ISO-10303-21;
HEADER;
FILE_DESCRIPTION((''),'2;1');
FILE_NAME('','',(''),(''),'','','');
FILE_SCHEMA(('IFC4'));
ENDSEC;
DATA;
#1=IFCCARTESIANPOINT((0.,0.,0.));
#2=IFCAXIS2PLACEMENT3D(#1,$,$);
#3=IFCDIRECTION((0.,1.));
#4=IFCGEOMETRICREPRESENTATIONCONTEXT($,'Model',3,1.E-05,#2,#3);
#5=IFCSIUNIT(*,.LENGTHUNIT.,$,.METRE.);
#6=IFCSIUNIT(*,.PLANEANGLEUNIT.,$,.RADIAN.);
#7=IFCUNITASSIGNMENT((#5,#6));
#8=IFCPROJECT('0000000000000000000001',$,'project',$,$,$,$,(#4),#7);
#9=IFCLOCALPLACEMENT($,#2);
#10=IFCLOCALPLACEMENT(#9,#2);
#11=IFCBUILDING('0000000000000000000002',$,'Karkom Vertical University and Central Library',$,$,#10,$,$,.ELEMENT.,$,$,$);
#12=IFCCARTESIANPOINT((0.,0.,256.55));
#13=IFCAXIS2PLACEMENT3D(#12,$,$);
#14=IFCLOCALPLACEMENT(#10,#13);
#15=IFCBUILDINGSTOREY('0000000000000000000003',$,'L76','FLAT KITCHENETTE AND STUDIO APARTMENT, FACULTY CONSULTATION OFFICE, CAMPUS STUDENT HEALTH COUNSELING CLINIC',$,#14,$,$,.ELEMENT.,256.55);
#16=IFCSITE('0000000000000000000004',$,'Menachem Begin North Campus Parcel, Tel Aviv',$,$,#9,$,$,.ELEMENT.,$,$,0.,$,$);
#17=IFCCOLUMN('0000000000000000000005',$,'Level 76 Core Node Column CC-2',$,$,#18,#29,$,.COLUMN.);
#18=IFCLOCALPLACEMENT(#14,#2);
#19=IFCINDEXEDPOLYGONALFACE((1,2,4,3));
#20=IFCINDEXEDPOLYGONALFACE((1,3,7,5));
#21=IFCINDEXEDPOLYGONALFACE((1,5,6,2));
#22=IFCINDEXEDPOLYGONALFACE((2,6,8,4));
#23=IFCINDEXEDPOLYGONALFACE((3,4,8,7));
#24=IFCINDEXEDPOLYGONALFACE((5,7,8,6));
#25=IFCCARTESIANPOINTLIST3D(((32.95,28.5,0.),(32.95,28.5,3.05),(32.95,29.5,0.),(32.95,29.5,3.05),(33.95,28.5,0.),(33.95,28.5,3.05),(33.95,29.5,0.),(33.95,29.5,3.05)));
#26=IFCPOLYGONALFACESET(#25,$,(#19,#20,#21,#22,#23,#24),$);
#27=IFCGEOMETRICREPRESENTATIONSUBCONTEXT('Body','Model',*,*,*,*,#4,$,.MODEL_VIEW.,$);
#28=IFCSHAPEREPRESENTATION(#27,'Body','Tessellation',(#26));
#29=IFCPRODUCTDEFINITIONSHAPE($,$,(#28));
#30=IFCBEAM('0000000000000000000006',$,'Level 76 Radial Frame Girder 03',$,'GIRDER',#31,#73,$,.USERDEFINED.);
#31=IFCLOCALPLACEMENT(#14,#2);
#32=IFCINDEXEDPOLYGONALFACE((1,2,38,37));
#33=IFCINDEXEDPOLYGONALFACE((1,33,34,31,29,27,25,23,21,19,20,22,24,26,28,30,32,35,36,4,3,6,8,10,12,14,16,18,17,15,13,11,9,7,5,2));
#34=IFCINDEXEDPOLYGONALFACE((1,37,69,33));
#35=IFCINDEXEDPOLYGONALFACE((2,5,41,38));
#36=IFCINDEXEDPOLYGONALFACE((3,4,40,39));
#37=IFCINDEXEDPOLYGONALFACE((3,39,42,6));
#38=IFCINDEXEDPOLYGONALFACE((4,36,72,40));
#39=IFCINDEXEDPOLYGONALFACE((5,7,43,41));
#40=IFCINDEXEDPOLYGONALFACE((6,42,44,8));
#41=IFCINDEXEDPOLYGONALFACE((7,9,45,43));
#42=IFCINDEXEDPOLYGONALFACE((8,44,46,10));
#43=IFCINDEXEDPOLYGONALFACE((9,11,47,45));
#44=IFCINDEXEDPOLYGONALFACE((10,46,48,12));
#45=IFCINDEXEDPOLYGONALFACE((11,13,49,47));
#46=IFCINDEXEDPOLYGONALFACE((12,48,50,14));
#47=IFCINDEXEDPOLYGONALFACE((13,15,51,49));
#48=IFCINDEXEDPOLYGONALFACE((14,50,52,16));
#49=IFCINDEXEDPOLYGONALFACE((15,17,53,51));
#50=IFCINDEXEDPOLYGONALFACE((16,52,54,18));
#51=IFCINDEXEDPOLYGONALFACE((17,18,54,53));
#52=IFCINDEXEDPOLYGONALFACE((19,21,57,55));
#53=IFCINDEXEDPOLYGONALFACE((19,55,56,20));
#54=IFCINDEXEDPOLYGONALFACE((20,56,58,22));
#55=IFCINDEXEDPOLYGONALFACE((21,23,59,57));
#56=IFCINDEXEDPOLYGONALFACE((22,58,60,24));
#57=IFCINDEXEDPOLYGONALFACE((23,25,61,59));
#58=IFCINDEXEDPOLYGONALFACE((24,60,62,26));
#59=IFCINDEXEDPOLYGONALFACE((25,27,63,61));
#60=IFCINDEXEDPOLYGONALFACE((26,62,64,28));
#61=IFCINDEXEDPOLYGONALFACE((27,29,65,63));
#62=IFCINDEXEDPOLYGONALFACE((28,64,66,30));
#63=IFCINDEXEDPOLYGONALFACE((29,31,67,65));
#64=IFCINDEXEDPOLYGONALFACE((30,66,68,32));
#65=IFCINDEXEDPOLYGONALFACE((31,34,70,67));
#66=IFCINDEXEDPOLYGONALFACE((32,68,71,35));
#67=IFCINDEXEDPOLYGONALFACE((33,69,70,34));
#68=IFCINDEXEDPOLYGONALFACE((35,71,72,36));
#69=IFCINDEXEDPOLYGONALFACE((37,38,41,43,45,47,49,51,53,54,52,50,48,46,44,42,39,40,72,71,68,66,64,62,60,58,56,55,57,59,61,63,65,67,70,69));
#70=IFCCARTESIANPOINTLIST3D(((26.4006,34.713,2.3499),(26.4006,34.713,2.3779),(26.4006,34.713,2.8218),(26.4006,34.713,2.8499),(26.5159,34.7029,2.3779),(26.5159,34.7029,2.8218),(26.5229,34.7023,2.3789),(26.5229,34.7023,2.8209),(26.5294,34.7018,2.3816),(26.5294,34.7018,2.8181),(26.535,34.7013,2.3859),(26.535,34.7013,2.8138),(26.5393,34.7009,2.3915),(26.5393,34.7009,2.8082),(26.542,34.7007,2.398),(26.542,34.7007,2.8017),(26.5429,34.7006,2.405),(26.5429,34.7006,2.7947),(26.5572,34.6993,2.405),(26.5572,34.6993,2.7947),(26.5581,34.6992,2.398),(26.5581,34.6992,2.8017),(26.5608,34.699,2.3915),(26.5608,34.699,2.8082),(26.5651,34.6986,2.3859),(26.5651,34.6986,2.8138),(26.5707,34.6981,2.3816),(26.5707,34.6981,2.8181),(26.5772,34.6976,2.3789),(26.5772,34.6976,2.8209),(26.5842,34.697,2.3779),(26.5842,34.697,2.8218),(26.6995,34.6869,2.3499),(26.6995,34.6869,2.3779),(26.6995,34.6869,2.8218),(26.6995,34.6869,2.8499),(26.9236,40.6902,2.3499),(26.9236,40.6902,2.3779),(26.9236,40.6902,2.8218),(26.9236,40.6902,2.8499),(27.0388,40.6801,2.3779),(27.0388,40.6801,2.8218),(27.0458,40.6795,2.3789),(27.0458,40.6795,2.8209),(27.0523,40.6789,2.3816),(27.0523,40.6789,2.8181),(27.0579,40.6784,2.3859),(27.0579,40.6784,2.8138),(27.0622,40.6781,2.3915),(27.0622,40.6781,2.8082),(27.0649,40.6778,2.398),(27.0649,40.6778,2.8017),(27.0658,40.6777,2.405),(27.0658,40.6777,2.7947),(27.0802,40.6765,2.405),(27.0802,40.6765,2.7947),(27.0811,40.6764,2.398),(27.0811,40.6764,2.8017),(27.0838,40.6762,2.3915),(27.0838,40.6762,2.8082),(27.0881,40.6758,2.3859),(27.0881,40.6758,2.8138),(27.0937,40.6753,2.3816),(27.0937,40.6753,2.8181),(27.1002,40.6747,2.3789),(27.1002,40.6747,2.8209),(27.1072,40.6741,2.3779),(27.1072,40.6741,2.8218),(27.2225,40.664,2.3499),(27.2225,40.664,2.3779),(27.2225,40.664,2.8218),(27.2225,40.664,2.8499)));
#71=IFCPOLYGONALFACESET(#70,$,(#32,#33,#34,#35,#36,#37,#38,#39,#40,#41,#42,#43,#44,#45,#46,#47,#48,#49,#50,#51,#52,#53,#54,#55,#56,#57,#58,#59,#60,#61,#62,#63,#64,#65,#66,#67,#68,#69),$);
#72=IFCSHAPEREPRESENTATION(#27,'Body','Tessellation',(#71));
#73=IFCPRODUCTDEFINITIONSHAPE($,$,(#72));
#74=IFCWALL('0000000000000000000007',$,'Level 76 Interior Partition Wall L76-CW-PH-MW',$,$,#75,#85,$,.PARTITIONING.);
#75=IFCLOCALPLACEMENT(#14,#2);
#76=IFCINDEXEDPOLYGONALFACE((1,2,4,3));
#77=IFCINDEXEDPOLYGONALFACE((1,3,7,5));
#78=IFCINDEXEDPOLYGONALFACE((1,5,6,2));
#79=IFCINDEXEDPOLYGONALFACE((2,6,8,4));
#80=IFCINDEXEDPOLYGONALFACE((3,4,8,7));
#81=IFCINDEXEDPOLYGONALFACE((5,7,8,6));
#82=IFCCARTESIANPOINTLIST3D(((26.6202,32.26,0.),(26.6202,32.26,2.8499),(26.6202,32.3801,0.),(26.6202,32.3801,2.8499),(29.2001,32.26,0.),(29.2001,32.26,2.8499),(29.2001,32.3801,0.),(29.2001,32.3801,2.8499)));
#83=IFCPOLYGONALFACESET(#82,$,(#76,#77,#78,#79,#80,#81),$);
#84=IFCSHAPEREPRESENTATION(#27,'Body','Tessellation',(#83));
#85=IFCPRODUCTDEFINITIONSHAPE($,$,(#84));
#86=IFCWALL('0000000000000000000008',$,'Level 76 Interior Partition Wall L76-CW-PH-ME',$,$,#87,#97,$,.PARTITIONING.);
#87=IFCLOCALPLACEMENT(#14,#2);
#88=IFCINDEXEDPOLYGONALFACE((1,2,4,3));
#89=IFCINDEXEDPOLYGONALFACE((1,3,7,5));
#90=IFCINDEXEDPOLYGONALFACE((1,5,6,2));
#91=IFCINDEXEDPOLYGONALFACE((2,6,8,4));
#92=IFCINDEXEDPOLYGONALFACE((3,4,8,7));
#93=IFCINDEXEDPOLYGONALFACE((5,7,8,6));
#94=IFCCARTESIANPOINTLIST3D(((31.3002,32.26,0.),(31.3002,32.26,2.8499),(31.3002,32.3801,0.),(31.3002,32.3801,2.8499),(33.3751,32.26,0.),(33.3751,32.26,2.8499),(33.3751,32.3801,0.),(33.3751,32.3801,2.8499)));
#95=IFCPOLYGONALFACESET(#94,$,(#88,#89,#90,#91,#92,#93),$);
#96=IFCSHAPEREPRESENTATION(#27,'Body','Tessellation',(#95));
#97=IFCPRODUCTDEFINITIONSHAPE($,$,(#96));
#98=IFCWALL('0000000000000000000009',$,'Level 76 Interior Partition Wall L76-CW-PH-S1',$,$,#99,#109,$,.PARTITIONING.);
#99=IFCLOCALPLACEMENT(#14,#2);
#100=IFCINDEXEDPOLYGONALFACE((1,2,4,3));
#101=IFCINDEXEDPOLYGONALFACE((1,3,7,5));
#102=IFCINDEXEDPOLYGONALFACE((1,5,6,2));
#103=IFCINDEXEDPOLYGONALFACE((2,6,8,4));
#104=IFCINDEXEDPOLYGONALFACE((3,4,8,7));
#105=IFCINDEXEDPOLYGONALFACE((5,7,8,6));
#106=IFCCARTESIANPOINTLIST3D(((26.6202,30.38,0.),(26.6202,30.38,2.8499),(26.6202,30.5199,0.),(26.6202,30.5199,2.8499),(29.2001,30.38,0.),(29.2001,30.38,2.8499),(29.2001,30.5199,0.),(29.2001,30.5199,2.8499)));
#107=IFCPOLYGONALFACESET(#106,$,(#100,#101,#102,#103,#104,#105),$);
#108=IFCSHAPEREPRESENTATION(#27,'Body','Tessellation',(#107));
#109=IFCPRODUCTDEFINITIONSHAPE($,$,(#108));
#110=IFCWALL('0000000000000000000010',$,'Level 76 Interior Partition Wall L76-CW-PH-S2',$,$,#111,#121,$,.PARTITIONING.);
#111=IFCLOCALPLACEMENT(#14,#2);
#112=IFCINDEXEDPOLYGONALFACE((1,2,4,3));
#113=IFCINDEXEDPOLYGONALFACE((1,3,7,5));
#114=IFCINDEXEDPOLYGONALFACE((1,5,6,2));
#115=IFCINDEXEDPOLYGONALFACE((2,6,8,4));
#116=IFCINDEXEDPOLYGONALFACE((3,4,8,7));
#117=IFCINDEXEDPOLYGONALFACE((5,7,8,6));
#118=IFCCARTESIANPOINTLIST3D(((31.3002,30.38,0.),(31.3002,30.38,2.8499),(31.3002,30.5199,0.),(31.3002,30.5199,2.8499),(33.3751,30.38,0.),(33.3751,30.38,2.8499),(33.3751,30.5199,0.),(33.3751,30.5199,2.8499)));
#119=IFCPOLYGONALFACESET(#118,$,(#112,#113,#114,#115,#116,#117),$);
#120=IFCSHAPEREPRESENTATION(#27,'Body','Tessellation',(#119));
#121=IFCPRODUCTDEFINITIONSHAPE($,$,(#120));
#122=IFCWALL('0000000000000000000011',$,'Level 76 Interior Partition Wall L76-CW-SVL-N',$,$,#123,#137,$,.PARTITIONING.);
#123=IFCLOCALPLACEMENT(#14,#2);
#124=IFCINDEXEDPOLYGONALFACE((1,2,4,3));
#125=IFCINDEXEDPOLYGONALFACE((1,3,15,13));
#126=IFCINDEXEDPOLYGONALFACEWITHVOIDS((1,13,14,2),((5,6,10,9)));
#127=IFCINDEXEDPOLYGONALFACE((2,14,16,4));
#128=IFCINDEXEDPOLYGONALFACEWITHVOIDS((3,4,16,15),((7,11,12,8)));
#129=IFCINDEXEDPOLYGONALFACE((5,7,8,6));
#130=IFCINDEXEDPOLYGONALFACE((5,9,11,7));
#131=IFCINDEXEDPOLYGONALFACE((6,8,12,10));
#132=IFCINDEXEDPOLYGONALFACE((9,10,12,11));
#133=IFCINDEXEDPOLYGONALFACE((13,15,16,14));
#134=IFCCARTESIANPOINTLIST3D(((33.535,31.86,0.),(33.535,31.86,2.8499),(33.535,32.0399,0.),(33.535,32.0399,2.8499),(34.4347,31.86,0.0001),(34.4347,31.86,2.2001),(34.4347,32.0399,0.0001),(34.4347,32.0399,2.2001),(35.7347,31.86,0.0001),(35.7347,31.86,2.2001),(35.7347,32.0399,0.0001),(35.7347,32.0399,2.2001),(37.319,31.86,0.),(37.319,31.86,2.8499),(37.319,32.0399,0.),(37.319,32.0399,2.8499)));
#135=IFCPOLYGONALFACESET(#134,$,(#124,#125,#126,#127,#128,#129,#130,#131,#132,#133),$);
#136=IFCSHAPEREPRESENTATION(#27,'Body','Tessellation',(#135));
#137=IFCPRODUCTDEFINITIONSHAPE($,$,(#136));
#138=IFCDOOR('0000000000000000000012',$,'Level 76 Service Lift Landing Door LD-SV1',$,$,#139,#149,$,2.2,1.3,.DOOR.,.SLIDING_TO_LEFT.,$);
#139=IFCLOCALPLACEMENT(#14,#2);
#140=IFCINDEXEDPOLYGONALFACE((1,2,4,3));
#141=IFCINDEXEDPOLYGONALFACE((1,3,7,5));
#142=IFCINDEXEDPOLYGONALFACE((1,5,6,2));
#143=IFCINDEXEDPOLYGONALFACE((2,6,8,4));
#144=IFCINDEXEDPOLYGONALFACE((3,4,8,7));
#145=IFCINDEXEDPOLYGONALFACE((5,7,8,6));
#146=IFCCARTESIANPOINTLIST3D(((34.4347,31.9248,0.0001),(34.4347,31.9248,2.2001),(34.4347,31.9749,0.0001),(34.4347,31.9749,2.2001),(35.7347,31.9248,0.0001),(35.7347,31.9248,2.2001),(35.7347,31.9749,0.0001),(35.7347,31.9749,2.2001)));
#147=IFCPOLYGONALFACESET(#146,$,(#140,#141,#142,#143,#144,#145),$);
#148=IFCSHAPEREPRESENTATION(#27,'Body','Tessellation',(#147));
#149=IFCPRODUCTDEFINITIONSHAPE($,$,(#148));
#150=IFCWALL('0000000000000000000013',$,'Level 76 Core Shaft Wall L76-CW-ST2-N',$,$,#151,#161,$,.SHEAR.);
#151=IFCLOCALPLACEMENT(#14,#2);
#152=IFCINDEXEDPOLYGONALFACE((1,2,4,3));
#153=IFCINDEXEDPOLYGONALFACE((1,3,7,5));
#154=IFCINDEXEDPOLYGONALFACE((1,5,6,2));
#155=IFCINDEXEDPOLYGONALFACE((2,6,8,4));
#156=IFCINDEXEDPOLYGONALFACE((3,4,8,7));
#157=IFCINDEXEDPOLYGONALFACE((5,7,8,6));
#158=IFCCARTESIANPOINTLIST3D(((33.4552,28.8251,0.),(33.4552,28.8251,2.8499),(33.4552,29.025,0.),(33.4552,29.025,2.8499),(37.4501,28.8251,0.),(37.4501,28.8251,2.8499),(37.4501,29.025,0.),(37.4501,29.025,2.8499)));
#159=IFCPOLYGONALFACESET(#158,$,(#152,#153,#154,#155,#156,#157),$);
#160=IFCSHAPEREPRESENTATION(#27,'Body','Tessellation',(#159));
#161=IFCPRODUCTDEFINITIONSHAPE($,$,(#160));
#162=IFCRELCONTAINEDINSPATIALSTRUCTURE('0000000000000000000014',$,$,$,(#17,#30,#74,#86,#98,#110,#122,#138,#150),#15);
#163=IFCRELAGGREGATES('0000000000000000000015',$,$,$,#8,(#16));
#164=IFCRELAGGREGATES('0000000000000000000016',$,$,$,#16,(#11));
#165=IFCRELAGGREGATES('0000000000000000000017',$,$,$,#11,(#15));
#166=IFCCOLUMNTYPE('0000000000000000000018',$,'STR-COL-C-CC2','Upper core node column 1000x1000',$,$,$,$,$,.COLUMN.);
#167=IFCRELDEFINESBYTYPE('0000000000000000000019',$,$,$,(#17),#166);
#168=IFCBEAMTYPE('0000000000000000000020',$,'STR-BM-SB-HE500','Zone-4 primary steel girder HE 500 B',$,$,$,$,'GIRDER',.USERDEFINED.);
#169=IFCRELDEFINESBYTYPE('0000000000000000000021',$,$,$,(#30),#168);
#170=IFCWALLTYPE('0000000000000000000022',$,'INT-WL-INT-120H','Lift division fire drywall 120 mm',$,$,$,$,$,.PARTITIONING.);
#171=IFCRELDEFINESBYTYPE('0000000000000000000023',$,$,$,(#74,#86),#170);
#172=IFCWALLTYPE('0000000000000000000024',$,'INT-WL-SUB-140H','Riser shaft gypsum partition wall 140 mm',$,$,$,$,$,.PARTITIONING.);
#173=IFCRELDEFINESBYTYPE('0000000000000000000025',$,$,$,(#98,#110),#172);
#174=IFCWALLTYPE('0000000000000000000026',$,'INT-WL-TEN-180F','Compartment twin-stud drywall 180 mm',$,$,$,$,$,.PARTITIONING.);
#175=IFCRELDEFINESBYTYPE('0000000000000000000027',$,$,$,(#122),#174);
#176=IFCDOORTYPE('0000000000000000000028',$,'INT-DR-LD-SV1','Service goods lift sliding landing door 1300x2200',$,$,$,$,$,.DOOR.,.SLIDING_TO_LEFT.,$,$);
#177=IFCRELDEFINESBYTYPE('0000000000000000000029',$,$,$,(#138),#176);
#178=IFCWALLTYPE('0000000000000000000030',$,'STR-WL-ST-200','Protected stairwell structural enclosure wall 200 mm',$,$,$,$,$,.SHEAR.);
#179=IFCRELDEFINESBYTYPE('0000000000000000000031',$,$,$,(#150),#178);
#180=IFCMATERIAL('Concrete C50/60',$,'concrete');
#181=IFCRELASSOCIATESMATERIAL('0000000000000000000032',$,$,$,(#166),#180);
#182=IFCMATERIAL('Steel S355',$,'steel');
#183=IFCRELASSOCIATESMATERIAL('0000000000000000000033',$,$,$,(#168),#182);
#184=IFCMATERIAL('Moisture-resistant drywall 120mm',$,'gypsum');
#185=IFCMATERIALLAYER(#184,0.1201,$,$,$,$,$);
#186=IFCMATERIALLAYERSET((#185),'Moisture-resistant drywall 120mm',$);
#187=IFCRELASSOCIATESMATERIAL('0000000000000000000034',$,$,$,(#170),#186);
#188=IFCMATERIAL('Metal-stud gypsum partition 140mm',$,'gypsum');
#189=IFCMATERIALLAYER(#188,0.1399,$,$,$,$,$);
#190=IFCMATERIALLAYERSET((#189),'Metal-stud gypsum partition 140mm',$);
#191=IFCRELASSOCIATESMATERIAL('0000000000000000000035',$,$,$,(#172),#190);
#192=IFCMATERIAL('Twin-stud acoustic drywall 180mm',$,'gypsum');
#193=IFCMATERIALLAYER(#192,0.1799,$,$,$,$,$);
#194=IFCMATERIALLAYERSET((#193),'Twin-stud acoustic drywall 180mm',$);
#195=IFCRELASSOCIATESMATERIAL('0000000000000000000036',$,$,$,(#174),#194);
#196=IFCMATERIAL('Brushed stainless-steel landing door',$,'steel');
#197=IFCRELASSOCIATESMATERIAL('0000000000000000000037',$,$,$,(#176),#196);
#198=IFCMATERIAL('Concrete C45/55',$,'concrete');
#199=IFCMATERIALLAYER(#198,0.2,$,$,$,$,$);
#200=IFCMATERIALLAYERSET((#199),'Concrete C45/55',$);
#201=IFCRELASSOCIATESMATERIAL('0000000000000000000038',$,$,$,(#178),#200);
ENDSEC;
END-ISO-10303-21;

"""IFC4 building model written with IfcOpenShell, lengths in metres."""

from ifc_helpers import new_model, si_unit, direction, frame, frame_2d, origin, origin_with_axes, origin_2d, place, context, subcontext, project, spatial, rectangle, i_section, extrude, source, transform, mapped, material, layer, layer_set, material_profile, profile_set, type_object, element, fill, save


model = new_model("IFC4")

# Units and contexts
model_context = context("Model", 3, precision=1e-05, world=origin(), true_north=direction((0.0, 1.0)))
body_context = subcontext(model_context, "Body", "Model", "MODEL_VIEW")
ifc_project = project(units=[si_unit("LENGTHUNIT", "METRE"), si_unit("PLANEANGLEUNIT", "RADIAN")], contexts=[model_context])

# Site, building, storey
site_placement = place(None, origin())
site = spatial("IfcSite", under=ifc_project, at=site_placement, Name="Menachem Begin North Campus Parcel, Tel Aviv", CompositionType="ELEMENT", RefElevation=0.0)
building_placement = place(site_placement, origin())
building = spatial("IfcBuilding", under=site, at=building_placement, Name="Karkom Vertical University and Central Library", CompositionType="ELEMENT")
storey_placement = place(building_placement, frame((0.0, 0.0, 256.55)))
storey = spatial("IfcBuildingStorey", under=building, at=storey_placement, Name="L76", Description="FLAT KITCHENETTE AND STUDIO APARTMENT, FACULTY CONSULTATION OFFICE, CAMPUS STUDENT HEALTH COUNSELING CLINIC", CompositionType="ELEMENT", Elevation=256.55)

# Column
ifc_material_1 = material(Name="Concrete C50/60", Category="concrete")
ifc_material_profile_1 = material_profile(ifc_material_1, rectangle(XDim=1.0, YDim=1.0, at=origin_2d()), Name="RC-1000x1000")
ifc_profile_set_1 = profile_set([ifc_material_profile_1], Name="Concrete C50/60")
column_type = type_object("IfcColumnType", Name="STR-COL-C-CC2", Description="Upper core node column 1000x1000", PredefinedType="COLUMN", material=ifc_profile_set_1)
shared_shape_1 = source(origin_with_axes(), body_context, "Body", "SweptSolid", [
    extrude(rectangle(XDim=1.0, YDim=1.0, at=origin_2d()), origin(), (0.0, 0.0, 1.0), 3.05),
])
column_placement = place(storey_placement, frame((33.45, 29.0, 0.0), z_axis=(0.0, 0.0, 1.0), x_axis=(1.0, 0.0, 0.0)))
element("IfcColumn", 1, at=column_placement, inside=storey, type_object=column_type, Name="Level 76 Core Node Column CC-2", PredefinedType="COLUMN", context=body_context, shape_type="MappedRepresentation", body=[
    mapped(shared_shape_1, transform((0.0, 0.0, 0.0), scale=1.0)),
])

# Beam
ifc_material_2 = material(Name="Steel S355", Category="steel")
ifc_material_profile_2 = material_profile(ifc_material_2, i_section(OverallWidth=0.3, OverallDepth=0.5, WebThickness=0.0144, FlangeThickness=0.0281, FilletRadius=0.0271, at=origin_2d()), Name="HE 500 B")
ifc_profile_set_2 = profile_set([ifc_material_profile_2], Name="Steel S355")
beam_type = type_object("IfcBeamType", Name="STR-BM-SB-HE500", Description="Zone-4 primary steel girder HE 500 B", ElementType="GIRDER", PredefinedType="USERDEFINED", material=ifc_profile_set_2)
shared_shape_2 = source(origin_with_axes(), body_context, "Body", "SweptSolid", [
    extrude(i_section(OverallWidth=0.3, OverallDepth=0.5, WebThickness=0.0144, FlangeThickness=0.0281, FilletRadius=0.0271, at=origin_2d()), origin(), (0.0, 0.0, 1.0), 6.0),
])
beam_placement = place(storey_placement, frame((26.55, 34.7, 2.5999), z_axis=(0.08716, 0.996194, 0.0), x_axis=(-0.996194, 0.08716, 0.0)))
element("IfcBeam", 2, at=beam_placement, inside=storey, type_object=beam_type, Name="Level 76 Radial Frame Girder 03", ObjectType="GIRDER", PredefinedType="USERDEFINED", context=body_context, shape_type="MappedRepresentation", body=[
    mapped(shared_shape_2, transform((0.0, 0.0, 0.0), scale=1.0)),
])

# Walls
ifc_material_3 = material(Name="Moisture-resistant drywall 120mm", Category="gypsum")
ifc_layer_1 = layer(ifc_material_3, 0.1201)
ifc_layer_set_1 = layer_set([ifc_layer_1], Name="Moisture-resistant drywall 120mm")
wall_type_1 = type_object("IfcWallType", Name="INT-WL-INT-120H", Description="Lift division fire drywall 120 mm", PredefinedType="PARTITIONING", material=ifc_layer_set_1)
wall_1_placement = place(storey_placement, frame((26.6201, 32.3201, 0.0), z_axis=(0.0, 0.0, 1.0), x_axis=(1.0, 0.0, 0.0)))
element("IfcWall", 3, at=wall_1_placement, inside=storey, type_object=wall_type_1, Name="Level 76 Interior Partition Wall L76-CW-PH-MW", PredefinedType="PARTITIONING", context=body_context, shape_type="SweptSolid", body=[
    extrude(rectangle(XDim=2.5798, YDim=0.1201, at=frame_2d((1.29, 0.0))), origin(), (0.0, 0.0, 1.0), 2.8499),
])
wall_2_placement = place(storey_placement, frame((31.3, 32.3201, 0.0), z_axis=(0.0, 0.0, 1.0), x_axis=(1.0, 0.0, 0.0)))
element("IfcWall", 4, at=wall_2_placement, inside=storey, type_object=wall_type_1, Name="Level 76 Interior Partition Wall L76-CW-PH-ME", PredefinedType="PARTITIONING", context=body_context, shape_type="SweptSolid", body=[
    extrude(rectangle(XDim=2.075, YDim=0.1201, at=frame_2d((1.0376, 0.0))), origin(), (0.0, 0.0, 1.0), 2.8499),
])

# Shared definitions
ifc_material_4 = material(Name="Metal-stud gypsum partition 140mm", Category="gypsum")
ifc_layer_2 = layer(ifc_material_4, 0.1399)
ifc_layer_set_2 = layer_set([ifc_layer_2], Name="Metal-stud gypsum partition 140mm")
wall_type_2 = type_object("IfcWallType", Name="INT-WL-SUB-140H", Description="Riser shaft gypsum partition wall 140 mm", PredefinedType="PARTITIONING", material=ifc_layer_set_2)
ifc_material_5 = material(Name="Brushed stainless-steel landing door", Category="steel")

# Walls
wall_3_placement = place(storey_placement, frame((26.6201, 30.45, 0.0), z_axis=(0.0, 0.0, 1.0), x_axis=(1.0, 0.0, 0.0)))
element("IfcWall", 5, at=wall_3_placement, inside=storey, type_object=wall_type_2, Name="Level 76 Interior Partition Wall L76-CW-PH-S1", PredefinedType="PARTITIONING", context=body_context, shape_type="SweptSolid", body=[
    extrude(rectangle(XDim=2.5798, YDim=0.1399, at=frame_2d((1.29, 0.0))), origin(), (0.0, 0.0, 1.0), 2.8499),
])
wall_4_placement = place(storey_placement, frame((31.3, 30.45, 0.0), z_axis=(0.0, 0.0, 1.0), x_axis=(1.0, 0.0, 0.0)))
element("IfcWall", 6, at=wall_4_placement, inside=storey, type_object=wall_type_2, Name="Level 76 Interior Partition Wall L76-CW-PH-S2", PredefinedType="PARTITIONING", context=body_context, shape_type="SweptSolid", body=[
    extrude(rectangle(XDim=2.075, YDim=0.1399, at=frame_2d((1.0376, 0.0))), origin(), (0.0, 0.0, 1.0), 2.8499),
])

# Wall, opening, door
ifc_material_6 = material(Name="Twin-stud acoustic drywall 180mm", Category="gypsum")
ifc_layer_3 = layer(ifc_material_6, 0.1799)
ifc_layer_set_3 = layer_set([ifc_layer_3], Name="Twin-stud acoustic drywall 180mm")
wall_type_3 = type_object("IfcWallType", Name="INT-WL-TEN-180F", Description="Compartment twin-stud drywall 180 mm", PredefinedType="PARTITIONING", material=ifc_layer_set_3)
wall_5_placement = place(storey_placement, frame((33.5349, 31.95, 0.0), z_axis=(0.0, 0.0, 1.0), x_axis=(1.0, 0.0, 0.0)))
wall_5 = element("IfcWall", 7, at=wall_5_placement, inside=storey, type_object=wall_type_3, Name="Level 76 Interior Partition Wall L76-CW-SVL-N", PredefinedType="PARTITIONING", context=body_context, shape_type="SweptSolid", body=[
    extrude(rectangle(XDim=3.7839, YDim=0.1799, at=frame_2d((1.8921, 0.0))), origin(), (0.0, 0.0, 1.0), 2.8499),
])
opening_1_placement = place(wall_5_placement, frame((0.8999, 0.0, 0.0)))
opening_1 = element("IfcOpeningElement", 8, at=opening_1_placement, cuts=wall_5, PredefinedType="OPENING", context=body_context, shape_type="SweptSolid", body=[
    extrude(rectangle(XDim=1.3, YDim=2.2, at=frame_2d((0.6499, 1.1001))), frame((0.0, 0.1001, 0.0), z_axis=(0.0, -1.0, 0.0), x_axis=(1.0, 0.0, 0.0)), (0.0, 0.0, 1.0), 0.2),
])
door_type_1 = type_object("IfcDoorType", Name="INT-DR-LD-SV1", Description="Service goods lift sliding landing door 1300x2200", OperationType="SLIDING_TO_LEFT", PredefinedType="DOOR", material=ifc_material_5)
shared_shape_3 = source(origin_with_axes(), body_context, "Body", "SweptSolid", [
    extrude(rectangle(XDim=1.3, YDim=2.2, at=frame_2d((0.6499, 1.1001))), frame((0.0, 0.0249, 0.0), z_axis=(0.0, -1.0, 0.0), x_axis=(1.0, 0.0, 0.0)), (0.0, 0.0, 1.0), 0.05),
])
door_1_placement = place(opening_1_placement, origin())
door_1 = element("IfcDoor", 9, at=door_1_placement, inside=storey, type_object=door_type_1, Name="Level 76 Service Lift Landing Door LD-SV1", OperationType="SLIDING_TO_LEFT", OverallHeight=2.2, OverallWidth=1.3, PredefinedType="DOOR", context=body_context, shape_type="MappedRepresentation", body=[
    mapped(shared_shape_3, transform((0.0, 0.0, 0.0), scale=1.0)),
])
fill(opening_1, door_1)

# Wall
ifc_material_7 = material(Name="Concrete C45/55", Category="concrete")
ifc_layer_4 = layer(ifc_material_7, 0.2)
ifc_layer_set_4 = layer_set([ifc_layer_4], Name="Concrete C45/55")
wall_type_4 = type_object("IfcWallType", Name="STR-WL-ST-200", Description="Protected stairwell structural enclosure wall 200 mm", PredefinedType="SHEAR", material=ifc_layer_set_4)
wall_6_placement = place(storey_placement, frame((33.4551, 28.925, 0.0), z_axis=(0.0, 0.0, 1.0), x_axis=(1.0, 0.0, 0.0)))
element("IfcWall", 10, at=wall_6_placement, inside=storey, type_object=wall_type_4, Name="Level 76 Core Shaft Wall L76-CW-ST2-N", PredefinedType="SHEAR", context=body_context, shape_type="SweptSolid", body=[
    extrude(rectangle(XDim=3.9949, YDim=0.2, at=frame_2d((1.9976, 0.0))), origin(), (0.0, 0.0, 1.0), 2.8499),
])

save(model, "model.ifc")
